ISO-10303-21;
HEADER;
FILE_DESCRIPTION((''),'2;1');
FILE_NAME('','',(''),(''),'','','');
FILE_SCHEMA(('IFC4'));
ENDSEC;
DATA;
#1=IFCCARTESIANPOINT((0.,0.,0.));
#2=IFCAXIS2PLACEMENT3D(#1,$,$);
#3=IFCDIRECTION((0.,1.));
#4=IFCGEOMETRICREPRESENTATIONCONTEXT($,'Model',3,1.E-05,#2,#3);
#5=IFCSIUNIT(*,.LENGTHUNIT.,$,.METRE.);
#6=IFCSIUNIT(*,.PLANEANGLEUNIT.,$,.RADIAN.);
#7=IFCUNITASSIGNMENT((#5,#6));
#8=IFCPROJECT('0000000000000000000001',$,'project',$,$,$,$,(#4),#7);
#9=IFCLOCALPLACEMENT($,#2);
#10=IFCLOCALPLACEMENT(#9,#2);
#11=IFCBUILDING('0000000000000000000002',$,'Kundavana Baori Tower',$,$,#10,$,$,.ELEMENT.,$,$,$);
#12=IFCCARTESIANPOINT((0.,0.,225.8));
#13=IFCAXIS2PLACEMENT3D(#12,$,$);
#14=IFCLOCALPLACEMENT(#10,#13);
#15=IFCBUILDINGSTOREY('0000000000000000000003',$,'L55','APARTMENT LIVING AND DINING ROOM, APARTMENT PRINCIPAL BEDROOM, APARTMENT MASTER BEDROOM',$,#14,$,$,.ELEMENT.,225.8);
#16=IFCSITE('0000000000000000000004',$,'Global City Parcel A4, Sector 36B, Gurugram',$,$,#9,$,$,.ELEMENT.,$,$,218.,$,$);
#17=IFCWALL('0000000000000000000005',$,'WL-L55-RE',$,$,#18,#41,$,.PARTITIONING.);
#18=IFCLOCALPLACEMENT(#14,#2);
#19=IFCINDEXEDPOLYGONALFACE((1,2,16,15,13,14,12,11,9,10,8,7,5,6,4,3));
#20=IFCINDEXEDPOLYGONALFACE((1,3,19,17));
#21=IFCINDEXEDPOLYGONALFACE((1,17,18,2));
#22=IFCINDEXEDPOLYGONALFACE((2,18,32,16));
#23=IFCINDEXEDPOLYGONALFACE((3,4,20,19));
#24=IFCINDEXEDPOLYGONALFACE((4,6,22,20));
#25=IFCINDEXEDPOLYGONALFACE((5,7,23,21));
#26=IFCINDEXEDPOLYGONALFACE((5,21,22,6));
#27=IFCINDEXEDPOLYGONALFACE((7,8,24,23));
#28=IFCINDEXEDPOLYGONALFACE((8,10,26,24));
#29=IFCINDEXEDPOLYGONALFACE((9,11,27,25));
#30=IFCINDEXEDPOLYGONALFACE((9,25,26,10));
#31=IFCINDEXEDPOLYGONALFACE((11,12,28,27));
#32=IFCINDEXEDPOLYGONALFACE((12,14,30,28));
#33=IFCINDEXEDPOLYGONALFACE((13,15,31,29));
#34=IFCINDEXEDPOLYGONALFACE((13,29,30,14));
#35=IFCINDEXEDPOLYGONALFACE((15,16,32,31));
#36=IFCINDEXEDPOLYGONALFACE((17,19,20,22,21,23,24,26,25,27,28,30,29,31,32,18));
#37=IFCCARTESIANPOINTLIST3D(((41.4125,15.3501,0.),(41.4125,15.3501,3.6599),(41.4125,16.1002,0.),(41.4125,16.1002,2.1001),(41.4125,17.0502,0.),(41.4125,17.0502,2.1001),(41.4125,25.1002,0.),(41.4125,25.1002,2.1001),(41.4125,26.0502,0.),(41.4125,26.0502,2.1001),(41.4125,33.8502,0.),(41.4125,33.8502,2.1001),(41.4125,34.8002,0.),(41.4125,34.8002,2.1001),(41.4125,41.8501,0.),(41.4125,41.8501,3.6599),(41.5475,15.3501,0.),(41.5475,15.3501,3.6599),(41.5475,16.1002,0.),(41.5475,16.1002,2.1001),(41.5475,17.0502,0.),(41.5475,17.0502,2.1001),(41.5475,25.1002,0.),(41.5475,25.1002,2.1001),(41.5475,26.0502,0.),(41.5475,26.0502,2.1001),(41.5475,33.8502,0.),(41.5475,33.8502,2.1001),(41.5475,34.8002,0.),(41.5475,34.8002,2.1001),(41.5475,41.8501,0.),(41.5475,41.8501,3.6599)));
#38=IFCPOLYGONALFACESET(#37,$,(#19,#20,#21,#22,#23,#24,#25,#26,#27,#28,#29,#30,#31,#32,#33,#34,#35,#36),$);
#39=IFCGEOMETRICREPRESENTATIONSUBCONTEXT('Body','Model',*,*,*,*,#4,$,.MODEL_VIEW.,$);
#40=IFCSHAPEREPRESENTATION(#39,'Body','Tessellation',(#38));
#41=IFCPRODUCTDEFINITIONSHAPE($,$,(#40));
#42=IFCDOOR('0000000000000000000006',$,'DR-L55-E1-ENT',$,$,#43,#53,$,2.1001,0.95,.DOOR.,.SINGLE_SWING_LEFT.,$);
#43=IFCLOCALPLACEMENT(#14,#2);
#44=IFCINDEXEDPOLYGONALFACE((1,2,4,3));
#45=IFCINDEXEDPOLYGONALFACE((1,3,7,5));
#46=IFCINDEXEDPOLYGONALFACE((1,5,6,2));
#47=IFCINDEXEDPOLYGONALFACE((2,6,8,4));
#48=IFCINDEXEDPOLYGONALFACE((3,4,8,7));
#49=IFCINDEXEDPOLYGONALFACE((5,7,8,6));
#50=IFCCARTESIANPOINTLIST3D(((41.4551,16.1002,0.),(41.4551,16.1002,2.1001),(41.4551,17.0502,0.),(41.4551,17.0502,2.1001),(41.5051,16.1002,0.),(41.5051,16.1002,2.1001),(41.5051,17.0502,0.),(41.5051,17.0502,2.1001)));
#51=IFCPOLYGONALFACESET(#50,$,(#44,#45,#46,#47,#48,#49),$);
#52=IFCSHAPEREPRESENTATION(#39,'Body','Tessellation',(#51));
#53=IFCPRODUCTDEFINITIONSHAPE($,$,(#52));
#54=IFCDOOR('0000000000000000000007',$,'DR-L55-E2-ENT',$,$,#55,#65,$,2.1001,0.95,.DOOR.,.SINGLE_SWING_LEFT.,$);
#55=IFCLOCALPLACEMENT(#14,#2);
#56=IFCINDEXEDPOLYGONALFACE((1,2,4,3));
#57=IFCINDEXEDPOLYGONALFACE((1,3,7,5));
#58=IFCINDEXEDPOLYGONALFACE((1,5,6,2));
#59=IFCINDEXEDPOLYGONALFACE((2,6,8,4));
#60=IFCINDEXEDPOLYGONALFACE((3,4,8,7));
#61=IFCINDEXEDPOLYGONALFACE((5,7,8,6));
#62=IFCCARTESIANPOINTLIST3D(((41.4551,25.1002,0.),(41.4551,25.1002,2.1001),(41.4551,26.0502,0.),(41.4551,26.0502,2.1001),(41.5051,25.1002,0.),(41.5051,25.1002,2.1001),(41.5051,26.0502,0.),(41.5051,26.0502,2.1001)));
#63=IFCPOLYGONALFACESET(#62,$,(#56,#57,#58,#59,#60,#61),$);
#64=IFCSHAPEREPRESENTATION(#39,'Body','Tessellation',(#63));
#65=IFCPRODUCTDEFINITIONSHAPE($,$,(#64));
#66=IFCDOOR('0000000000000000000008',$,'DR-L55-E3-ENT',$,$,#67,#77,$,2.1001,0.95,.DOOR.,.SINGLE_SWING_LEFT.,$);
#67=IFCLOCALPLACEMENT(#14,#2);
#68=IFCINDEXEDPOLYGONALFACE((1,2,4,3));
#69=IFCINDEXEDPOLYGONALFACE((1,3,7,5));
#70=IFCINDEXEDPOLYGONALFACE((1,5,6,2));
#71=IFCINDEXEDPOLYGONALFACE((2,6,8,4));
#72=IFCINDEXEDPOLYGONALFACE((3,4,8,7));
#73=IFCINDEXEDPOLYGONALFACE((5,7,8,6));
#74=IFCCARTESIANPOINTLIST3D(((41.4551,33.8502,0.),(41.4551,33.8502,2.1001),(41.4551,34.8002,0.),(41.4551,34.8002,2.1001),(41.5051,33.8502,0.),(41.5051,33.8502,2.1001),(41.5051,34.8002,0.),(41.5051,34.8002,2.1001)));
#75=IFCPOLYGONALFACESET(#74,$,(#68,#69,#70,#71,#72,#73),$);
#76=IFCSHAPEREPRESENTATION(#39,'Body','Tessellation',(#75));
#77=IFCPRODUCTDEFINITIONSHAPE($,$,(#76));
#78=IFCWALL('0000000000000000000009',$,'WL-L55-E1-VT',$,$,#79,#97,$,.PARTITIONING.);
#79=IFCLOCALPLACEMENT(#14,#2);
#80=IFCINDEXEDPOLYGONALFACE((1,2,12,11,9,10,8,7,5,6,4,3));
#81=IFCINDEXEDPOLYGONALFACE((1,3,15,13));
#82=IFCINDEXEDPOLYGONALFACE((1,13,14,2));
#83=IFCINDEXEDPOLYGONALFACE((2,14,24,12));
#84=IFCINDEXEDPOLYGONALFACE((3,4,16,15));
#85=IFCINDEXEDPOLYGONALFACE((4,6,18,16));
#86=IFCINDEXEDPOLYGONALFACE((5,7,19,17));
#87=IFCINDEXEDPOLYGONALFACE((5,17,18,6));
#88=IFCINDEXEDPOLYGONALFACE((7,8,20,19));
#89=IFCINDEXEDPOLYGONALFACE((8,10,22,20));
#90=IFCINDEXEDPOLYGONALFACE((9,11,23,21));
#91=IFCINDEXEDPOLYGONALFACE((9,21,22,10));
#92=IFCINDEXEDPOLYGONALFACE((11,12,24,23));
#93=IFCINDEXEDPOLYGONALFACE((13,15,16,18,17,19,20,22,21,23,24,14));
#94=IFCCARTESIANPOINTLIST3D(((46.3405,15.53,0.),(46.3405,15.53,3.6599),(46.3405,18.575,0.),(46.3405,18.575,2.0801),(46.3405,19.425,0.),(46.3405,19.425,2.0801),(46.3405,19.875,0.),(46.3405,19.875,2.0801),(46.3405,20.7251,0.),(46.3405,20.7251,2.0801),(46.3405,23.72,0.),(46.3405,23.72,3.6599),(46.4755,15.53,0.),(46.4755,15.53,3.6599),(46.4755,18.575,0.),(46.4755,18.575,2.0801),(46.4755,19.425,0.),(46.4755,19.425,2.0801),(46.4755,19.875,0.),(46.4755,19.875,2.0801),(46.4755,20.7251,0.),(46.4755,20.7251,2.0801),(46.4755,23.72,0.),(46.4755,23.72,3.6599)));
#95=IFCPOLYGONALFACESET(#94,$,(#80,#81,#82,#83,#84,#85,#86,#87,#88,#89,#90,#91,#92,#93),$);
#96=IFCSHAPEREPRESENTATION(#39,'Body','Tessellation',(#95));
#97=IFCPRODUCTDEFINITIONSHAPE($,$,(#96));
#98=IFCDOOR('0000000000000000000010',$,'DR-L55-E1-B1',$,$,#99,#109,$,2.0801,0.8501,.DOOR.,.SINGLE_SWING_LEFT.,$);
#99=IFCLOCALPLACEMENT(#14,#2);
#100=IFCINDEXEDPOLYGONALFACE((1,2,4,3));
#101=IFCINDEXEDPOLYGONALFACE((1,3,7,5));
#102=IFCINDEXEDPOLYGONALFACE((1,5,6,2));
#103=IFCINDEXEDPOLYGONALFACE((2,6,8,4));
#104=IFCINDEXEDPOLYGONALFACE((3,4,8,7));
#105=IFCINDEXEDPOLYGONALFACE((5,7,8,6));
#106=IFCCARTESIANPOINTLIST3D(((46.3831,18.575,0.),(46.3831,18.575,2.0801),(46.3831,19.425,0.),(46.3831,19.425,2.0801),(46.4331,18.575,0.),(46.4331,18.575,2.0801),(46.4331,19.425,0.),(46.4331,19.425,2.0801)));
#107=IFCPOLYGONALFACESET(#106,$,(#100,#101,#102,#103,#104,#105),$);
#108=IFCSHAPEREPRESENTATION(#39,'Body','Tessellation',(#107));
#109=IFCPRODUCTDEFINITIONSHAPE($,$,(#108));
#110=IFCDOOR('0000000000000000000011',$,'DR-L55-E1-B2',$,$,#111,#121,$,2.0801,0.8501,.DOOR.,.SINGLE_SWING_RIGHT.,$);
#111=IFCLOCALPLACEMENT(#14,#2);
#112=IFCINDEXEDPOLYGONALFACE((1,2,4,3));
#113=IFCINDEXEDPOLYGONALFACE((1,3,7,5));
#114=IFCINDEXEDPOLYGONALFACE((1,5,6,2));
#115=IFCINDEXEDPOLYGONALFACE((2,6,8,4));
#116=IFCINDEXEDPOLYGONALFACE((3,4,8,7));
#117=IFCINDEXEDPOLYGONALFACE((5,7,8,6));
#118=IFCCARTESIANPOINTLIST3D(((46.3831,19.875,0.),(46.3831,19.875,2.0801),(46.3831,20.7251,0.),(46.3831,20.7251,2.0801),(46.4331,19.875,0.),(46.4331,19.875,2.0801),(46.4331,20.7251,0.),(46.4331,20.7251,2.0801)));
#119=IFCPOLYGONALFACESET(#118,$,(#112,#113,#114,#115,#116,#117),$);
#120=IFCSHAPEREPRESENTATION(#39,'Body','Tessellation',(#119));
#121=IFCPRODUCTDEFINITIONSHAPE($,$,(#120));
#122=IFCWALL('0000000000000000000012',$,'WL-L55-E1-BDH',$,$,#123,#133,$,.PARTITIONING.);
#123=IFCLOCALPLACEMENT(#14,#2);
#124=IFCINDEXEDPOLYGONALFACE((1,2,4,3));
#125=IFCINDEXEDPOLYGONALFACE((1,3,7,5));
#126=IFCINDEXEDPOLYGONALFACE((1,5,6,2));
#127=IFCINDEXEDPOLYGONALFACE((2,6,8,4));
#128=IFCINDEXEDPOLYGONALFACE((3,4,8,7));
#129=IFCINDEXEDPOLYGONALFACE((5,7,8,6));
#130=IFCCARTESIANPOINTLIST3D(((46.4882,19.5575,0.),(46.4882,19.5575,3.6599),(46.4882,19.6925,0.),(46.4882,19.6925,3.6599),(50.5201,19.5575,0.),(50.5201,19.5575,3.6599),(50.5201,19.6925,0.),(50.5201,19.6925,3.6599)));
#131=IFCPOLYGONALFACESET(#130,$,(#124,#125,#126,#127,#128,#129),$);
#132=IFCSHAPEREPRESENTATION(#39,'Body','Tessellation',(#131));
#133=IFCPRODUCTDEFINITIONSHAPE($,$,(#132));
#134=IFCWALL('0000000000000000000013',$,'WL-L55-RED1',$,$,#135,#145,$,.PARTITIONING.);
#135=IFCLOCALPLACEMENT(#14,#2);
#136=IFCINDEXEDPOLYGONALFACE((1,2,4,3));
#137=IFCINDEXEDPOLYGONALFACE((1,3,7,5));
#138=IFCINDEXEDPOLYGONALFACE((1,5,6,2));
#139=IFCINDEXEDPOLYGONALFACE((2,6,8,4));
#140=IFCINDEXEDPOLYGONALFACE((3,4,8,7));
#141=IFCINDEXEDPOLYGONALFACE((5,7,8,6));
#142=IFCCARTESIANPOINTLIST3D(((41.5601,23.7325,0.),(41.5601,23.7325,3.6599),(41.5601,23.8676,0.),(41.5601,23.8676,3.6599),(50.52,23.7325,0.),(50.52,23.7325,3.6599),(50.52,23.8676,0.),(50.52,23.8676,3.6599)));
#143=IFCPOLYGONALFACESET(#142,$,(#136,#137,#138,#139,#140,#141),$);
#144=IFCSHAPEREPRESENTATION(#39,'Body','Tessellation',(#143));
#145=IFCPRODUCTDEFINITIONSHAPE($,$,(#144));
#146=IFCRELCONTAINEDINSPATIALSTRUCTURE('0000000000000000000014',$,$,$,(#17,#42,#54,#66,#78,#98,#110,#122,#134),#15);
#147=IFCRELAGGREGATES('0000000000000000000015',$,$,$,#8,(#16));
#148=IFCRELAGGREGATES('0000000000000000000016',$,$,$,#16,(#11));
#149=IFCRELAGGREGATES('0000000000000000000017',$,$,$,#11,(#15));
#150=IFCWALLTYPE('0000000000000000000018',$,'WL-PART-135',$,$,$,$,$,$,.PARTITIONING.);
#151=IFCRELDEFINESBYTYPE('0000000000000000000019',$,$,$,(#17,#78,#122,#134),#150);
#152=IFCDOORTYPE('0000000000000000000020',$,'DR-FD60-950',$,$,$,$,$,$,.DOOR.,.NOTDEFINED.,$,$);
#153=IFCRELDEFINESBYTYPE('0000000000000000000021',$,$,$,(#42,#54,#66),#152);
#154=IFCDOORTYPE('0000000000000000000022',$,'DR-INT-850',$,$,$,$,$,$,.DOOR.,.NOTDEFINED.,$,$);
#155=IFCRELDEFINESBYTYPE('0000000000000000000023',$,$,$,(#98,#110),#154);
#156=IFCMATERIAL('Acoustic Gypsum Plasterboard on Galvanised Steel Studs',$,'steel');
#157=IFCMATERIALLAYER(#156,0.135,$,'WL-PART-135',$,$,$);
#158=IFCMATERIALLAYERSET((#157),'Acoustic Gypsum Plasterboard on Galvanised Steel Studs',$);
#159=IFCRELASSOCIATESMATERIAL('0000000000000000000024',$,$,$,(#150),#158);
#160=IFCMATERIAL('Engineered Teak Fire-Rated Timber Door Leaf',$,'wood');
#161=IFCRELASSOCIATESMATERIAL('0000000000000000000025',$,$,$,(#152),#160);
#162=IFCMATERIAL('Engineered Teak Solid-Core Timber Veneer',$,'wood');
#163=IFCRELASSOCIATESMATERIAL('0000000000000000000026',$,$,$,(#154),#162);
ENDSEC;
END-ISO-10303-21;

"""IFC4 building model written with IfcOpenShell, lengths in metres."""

from ifc_helpers import new_model, si_unit, direction, frame, frame_2d, origin, place, context, subcontext, project, spatial, rectangle, extrude, material, layer, layer_set, type_object, element, fill, save


model = new_model("IFC4")

# Units and contexts
model_context = context("Model", 3, precision=1e-05, world=origin(), true_north=direction((0.0, 1.0)))
body_context = subcontext(model_context, "Body", "Model", "MODEL_VIEW")
ifc_project = project(units=[si_unit("LENGTHUNIT", "METRE"), si_unit("PLANEANGLEUNIT", "RADIAN")], contexts=[model_context])

# Site, building, storey
site_placement = place(None, origin())
site = spatial("IfcSite", under=ifc_project, at=site_placement, Name="Global City Parcel A4, Sector 36B, Gurugram", CompositionType="ELEMENT", RefElevation=218.0)
building_placement = place(site_placement, origin())
building = spatial("IfcBuilding", under=site, at=building_placement, Name="Kundavana Baori Tower", CompositionType="ELEMENT")
storey_placement = place(building_placement, frame((0.0, 0.0, 225.8)))
storey = spatial("IfcBuildingStorey", under=building, at=storey_placement, Name="L55", Description="APARTMENT LIVING AND DINING ROOM, APARTMENT PRINCIPAL BEDROOM, APARTMENT MASTER BEDROOM", CompositionType="ELEMENT", Elevation=225.8)

# Walls, openings, doors
ifc_material_1 = material(Name="Acoustic Gypsum Plasterboard on Galvanised Steel Studs", Category="steel")
ifc_layer_1 = layer(ifc_material_1, 0.135, Name="WL-PART-135")
ifc_layer_set_1 = layer_set([ifc_layer_1], Name="Acoustic Gypsum Plasterboard on Galvanised Steel Studs")
wall_type_1 = type_object("IfcWallType", Name="WL-PART-135", PredefinedType="PARTITIONING", material=ifc_layer_set_1)
wall_1_placement = place(storey_placement, frame((41.48, 15.3501, 0.0), z_axis=(0.0, 0.0, 1.0), x_axis=(0.0, 1.0, 0.0)))
wall_1 = element("IfcWall", 1, at=wall_1_placement, inside=storey, type_object=wall_type_1, Name="WL-L55-RE", PredefinedType="PARTITIONING", context=body_context, shape_type="SweptSolid", body=[
    extrude(rectangle(XDim=26.5, YDim=0.135, at=frame_2d((13.25, 0.0))), origin(), (0.0, 0.0, 1.0), 3.6599),
])
opening_1_placement = place(wall_1_placement, frame((0.75, 0.0, 0.0)))
opening_1 = element("IfcOpeningElement", 2, at=opening_1_placement, cuts=wall_1, PredefinedType="OPENING", context=body_context, shape_type="SweptSolid", body=[
    extrude(rectangle(XDim=0.95, YDim=2.1001, at=frame_2d((0.4751, 1.05))), frame((0.0, 0.0776, 0.0), z_axis=(0.0, -1.0, 0.0), x_axis=(1.0, 0.0, 0.0)), (0.0, 0.0, 1.0), 0.155),
])
opening_2_placement = place(wall_1_placement, frame((9.75, 0.0, 0.0)))
opening_2 = element("IfcOpeningElement", 3, at=opening_2_placement, cuts=wall_1, PredefinedType="OPENING", context=body_context, shape_type="SweptSolid", body=[
    extrude(rectangle(XDim=0.95, YDim=2.1001, at=frame_2d((0.4751, 1.05))), frame((0.0, 0.0776, 0.0), z_axis=(0.0, -1.0, 0.0), x_axis=(1.0, 0.0, 0.0)), (0.0, 0.0, 1.0), 0.155),
])
opening_3_placement = place(wall_1_placement, frame((18.5, 0.0, 0.0)))
opening_3 = element("IfcOpeningElement", 4, at=opening_3_placement, cuts=wall_1, PredefinedType="OPENING", context=body_context, shape_type="SweptSolid", body=[
    extrude(rectangle(XDim=0.95, YDim=2.1001, at=frame_2d((0.4751, 1.05))), frame((0.0, 0.0776, 0.0), z_axis=(0.0, -1.0, 0.0), x_axis=(1.0, 0.0, 0.0)), (0.0, 0.0, 1.0), 0.155),
])
ifc_material_2 = material(Name="Engineered Teak Fire-Rated Timber Door Leaf", Category="wood")
door_type_1 = type_object("IfcDoorType", Name="DR-FD60-950", OperationType="NOTDEFINED", PredefinedType="DOOR", material=ifc_material_2)
door_1_placement = place(opening_1_placement, origin())
door_1 = element("IfcDoor", 5, at=door_1_placement, inside=storey, type_object=door_type_1, Name="DR-L55-E1-ENT", OperationType="SINGLE_SWING_LEFT", OverallHeight=2.1001, OverallWidth=0.95, PredefinedType="DOOR", context=body_context, shape_type="SweptSolid", body=[
    extrude(rectangle(XDim=0.95, YDim=2.1001, at=frame_2d((0.4751, 1.05))), frame((0.0, 0.0249, 0.0), z_axis=(0.0, -1.0, 0.0), x_axis=(1.0, 0.0, 0.0)), (0.0, 0.0, 1.0), 0.05),
])
fill(opening_1, door_1)
door_2_placement = place(opening_2_placement, origin())
door_2 = element("IfcDoor", 6, at=door_2_placement, inside=storey, type_object=door_type_1, Name="DR-L55-E2-ENT", OperationType="SINGLE_SWING_LEFT", OverallHeight=2.1001, OverallWidth=0.95, PredefinedType="DOOR", context=body_context, shape_type="SweptSolid", body=[
    extrude(rectangle(XDim=0.95, YDim=2.1001, at=frame_2d((0.4751, 1.05))), frame((0.0, 0.0249, 0.0), z_axis=(0.0, -1.0, 0.0), x_axis=(1.0, 0.0, 0.0)), (0.0, 0.0, 1.0), 0.05),
])
fill(opening_2, door_2)
door_3_placement = place(opening_3_placement, origin())
door_3 = element("IfcDoor", 7, at=door_3_placement, inside=storey, type_object=door_type_1, Name="DR-L55-E3-ENT", OperationType="SINGLE_SWING_LEFT", OverallHeight=2.1001, OverallWidth=0.95, PredefinedType="DOOR", context=body_context, shape_type="SweptSolid", body=[
    extrude(rectangle(XDim=0.95, YDim=2.1001, at=frame_2d((0.4751, 1.05))), frame((0.0, 0.0249, 0.0), z_axis=(0.0, -1.0, 0.0), x_axis=(1.0, 0.0, 0.0)), (0.0, 0.0, 1.0), 0.05),
])
fill(opening_3, door_3)
wall_2_placement = place(storey_placement, frame((46.408, 15.53, 0.0), z_axis=(0.0, 0.0, 1.0), x_axis=(0.0, 1.0, 0.0)))
wall_2 = element("IfcWall", 8, at=wall_2_placement, inside=storey, type_object=wall_type_1, Name="WL-L55-E1-VT", PredefinedType="PARTITIONING", context=body_context, shape_type="SweptSolid", body=[
    extrude(rectangle(XDim=8.1899, YDim=0.135, at=frame_2d((4.095, 0.0))), origin(), (0.0, 0.0, 1.0), 3.6599),
])
opening_4_placement = place(wall_2_placement, frame((3.0449, 0.0, 0.0)))
opening_4 = element("IfcOpeningElement", 9, at=opening_4_placement, cuts=wall_2, PredefinedType="OPENING", context=body_context, shape_type="SweptSolid", body=[
    extrude(rectangle(XDim=0.8501, YDim=2.0801, at=frame_2d((0.425, 1.04))), frame((0.0, 0.0776, 0.0), z_axis=(0.0, -1.0, 0.0), x_axis=(1.0, 0.0, 0.0)), (0.0, 0.0, 1.0), 0.155),
])
opening_5_placement = place(wall_2_placement, frame((4.345, 0.0, 0.0)))
opening_5 = element("IfcOpeningElement", 10, at=opening_5_placement, cuts=wall_2, PredefinedType="OPENING", context=body_context, shape_type="SweptSolid", body=[
    extrude(rectangle(XDim=0.8501, YDim=2.0801, at=frame_2d((0.425, 1.04))), frame((0.0, 0.0776, 0.0), z_axis=(0.0, -1.0, 0.0), x_axis=(1.0, 0.0, 0.0)), (0.0, 0.0, 1.0), 0.155),
])
ifc_material_3 = material(Name="Engineered Teak Solid-Core Timber Veneer", Category="wood")
door_type_2 = type_object("IfcDoorType", Name="DR-INT-850", OperationType="NOTDEFINED", PredefinedType="DOOR", material=ifc_material_3)
door_4_placement = place(opening_4_placement, origin())
door_4 = element("IfcDoor", 11, at=door_4_placement, inside=storey, type_object=door_type_2, Name="DR-L55-E1-B1", OperationType="SINGLE_SWING_LEFT", OverallHeight=2.0801, OverallWidth=0.8501, PredefinedType="DOOR", context=body_context, shape_type="SweptSolid", body=[
    extrude(rectangle(XDim=0.8501, YDim=2.0801, at=frame_2d((0.425, 1.04))), frame((0.0, 0.0249, 0.0), z_axis=(0.0, -1.0, 0.0), x_axis=(1.0, 0.0, 0.0)), (0.0, 0.0, 1.0), 0.05),
])
fill(opening_4, door_4)
door_5_placement = place(opening_5_placement, origin())
door_5 = element("IfcDoor", 12, at=door_5_placement, inside=storey, type_object=door_type_2, Name="DR-L55-E1-B2", OperationType="SINGLE_SWING_RIGHT", OverallHeight=2.0801, OverallWidth=0.8501, PredefinedType="DOOR", context=body_context, shape_type="SweptSolid", body=[
    extrude(rectangle(XDim=0.8501, YDim=2.0801, at=frame_2d((0.425, 1.04))), frame((0.0, 0.0249, 0.0), z_axis=(0.0, -1.0, 0.0), x_axis=(1.0, 0.0, 0.0)), (0.0, 0.0, 1.0), 0.05),
])
fill(opening_5, door_5)

# Walls
wall_3_placement = place(storey_placement, frame((46.488, 19.625, 0.0), z_axis=(0.0, 0.0, 1.0), x_axis=(1.0, 0.0, 0.0)))
element("IfcWall", 13, at=wall_3_placement, inside=storey, type_object=wall_type_1, Name="WL-L55-E1-BDH", PredefinedType="PARTITIONING", context=body_context, shape_type="SweptSolid", body=[
    extrude(rectangle(XDim=4.032, YDim=0.135, at=frame_2d((2.0161, 0.0))), origin(), (0.0, 0.0, 1.0), 3.6599),
])
wall_4_placement = place(storey_placement, frame((41.5601, 23.8, 0.0), z_axis=(0.0, 0.0, 1.0), x_axis=(1.0, 0.0, 0.0)))
element("IfcWall", 14, at=wall_4_placement, inside=storey, type_object=wall_type_1, Name="WL-L55-RED1", PredefinedType="PARTITIONING", context=body_context, shape_type="SweptSolid", body=[
    extrude(rectangle(XDim=8.96, YDim=0.135, at=frame_2d((4.48, 0.0))), origin(), (0.0, 0.0, 1.0), 3.6599),
])

save(model, "model.ifc")
